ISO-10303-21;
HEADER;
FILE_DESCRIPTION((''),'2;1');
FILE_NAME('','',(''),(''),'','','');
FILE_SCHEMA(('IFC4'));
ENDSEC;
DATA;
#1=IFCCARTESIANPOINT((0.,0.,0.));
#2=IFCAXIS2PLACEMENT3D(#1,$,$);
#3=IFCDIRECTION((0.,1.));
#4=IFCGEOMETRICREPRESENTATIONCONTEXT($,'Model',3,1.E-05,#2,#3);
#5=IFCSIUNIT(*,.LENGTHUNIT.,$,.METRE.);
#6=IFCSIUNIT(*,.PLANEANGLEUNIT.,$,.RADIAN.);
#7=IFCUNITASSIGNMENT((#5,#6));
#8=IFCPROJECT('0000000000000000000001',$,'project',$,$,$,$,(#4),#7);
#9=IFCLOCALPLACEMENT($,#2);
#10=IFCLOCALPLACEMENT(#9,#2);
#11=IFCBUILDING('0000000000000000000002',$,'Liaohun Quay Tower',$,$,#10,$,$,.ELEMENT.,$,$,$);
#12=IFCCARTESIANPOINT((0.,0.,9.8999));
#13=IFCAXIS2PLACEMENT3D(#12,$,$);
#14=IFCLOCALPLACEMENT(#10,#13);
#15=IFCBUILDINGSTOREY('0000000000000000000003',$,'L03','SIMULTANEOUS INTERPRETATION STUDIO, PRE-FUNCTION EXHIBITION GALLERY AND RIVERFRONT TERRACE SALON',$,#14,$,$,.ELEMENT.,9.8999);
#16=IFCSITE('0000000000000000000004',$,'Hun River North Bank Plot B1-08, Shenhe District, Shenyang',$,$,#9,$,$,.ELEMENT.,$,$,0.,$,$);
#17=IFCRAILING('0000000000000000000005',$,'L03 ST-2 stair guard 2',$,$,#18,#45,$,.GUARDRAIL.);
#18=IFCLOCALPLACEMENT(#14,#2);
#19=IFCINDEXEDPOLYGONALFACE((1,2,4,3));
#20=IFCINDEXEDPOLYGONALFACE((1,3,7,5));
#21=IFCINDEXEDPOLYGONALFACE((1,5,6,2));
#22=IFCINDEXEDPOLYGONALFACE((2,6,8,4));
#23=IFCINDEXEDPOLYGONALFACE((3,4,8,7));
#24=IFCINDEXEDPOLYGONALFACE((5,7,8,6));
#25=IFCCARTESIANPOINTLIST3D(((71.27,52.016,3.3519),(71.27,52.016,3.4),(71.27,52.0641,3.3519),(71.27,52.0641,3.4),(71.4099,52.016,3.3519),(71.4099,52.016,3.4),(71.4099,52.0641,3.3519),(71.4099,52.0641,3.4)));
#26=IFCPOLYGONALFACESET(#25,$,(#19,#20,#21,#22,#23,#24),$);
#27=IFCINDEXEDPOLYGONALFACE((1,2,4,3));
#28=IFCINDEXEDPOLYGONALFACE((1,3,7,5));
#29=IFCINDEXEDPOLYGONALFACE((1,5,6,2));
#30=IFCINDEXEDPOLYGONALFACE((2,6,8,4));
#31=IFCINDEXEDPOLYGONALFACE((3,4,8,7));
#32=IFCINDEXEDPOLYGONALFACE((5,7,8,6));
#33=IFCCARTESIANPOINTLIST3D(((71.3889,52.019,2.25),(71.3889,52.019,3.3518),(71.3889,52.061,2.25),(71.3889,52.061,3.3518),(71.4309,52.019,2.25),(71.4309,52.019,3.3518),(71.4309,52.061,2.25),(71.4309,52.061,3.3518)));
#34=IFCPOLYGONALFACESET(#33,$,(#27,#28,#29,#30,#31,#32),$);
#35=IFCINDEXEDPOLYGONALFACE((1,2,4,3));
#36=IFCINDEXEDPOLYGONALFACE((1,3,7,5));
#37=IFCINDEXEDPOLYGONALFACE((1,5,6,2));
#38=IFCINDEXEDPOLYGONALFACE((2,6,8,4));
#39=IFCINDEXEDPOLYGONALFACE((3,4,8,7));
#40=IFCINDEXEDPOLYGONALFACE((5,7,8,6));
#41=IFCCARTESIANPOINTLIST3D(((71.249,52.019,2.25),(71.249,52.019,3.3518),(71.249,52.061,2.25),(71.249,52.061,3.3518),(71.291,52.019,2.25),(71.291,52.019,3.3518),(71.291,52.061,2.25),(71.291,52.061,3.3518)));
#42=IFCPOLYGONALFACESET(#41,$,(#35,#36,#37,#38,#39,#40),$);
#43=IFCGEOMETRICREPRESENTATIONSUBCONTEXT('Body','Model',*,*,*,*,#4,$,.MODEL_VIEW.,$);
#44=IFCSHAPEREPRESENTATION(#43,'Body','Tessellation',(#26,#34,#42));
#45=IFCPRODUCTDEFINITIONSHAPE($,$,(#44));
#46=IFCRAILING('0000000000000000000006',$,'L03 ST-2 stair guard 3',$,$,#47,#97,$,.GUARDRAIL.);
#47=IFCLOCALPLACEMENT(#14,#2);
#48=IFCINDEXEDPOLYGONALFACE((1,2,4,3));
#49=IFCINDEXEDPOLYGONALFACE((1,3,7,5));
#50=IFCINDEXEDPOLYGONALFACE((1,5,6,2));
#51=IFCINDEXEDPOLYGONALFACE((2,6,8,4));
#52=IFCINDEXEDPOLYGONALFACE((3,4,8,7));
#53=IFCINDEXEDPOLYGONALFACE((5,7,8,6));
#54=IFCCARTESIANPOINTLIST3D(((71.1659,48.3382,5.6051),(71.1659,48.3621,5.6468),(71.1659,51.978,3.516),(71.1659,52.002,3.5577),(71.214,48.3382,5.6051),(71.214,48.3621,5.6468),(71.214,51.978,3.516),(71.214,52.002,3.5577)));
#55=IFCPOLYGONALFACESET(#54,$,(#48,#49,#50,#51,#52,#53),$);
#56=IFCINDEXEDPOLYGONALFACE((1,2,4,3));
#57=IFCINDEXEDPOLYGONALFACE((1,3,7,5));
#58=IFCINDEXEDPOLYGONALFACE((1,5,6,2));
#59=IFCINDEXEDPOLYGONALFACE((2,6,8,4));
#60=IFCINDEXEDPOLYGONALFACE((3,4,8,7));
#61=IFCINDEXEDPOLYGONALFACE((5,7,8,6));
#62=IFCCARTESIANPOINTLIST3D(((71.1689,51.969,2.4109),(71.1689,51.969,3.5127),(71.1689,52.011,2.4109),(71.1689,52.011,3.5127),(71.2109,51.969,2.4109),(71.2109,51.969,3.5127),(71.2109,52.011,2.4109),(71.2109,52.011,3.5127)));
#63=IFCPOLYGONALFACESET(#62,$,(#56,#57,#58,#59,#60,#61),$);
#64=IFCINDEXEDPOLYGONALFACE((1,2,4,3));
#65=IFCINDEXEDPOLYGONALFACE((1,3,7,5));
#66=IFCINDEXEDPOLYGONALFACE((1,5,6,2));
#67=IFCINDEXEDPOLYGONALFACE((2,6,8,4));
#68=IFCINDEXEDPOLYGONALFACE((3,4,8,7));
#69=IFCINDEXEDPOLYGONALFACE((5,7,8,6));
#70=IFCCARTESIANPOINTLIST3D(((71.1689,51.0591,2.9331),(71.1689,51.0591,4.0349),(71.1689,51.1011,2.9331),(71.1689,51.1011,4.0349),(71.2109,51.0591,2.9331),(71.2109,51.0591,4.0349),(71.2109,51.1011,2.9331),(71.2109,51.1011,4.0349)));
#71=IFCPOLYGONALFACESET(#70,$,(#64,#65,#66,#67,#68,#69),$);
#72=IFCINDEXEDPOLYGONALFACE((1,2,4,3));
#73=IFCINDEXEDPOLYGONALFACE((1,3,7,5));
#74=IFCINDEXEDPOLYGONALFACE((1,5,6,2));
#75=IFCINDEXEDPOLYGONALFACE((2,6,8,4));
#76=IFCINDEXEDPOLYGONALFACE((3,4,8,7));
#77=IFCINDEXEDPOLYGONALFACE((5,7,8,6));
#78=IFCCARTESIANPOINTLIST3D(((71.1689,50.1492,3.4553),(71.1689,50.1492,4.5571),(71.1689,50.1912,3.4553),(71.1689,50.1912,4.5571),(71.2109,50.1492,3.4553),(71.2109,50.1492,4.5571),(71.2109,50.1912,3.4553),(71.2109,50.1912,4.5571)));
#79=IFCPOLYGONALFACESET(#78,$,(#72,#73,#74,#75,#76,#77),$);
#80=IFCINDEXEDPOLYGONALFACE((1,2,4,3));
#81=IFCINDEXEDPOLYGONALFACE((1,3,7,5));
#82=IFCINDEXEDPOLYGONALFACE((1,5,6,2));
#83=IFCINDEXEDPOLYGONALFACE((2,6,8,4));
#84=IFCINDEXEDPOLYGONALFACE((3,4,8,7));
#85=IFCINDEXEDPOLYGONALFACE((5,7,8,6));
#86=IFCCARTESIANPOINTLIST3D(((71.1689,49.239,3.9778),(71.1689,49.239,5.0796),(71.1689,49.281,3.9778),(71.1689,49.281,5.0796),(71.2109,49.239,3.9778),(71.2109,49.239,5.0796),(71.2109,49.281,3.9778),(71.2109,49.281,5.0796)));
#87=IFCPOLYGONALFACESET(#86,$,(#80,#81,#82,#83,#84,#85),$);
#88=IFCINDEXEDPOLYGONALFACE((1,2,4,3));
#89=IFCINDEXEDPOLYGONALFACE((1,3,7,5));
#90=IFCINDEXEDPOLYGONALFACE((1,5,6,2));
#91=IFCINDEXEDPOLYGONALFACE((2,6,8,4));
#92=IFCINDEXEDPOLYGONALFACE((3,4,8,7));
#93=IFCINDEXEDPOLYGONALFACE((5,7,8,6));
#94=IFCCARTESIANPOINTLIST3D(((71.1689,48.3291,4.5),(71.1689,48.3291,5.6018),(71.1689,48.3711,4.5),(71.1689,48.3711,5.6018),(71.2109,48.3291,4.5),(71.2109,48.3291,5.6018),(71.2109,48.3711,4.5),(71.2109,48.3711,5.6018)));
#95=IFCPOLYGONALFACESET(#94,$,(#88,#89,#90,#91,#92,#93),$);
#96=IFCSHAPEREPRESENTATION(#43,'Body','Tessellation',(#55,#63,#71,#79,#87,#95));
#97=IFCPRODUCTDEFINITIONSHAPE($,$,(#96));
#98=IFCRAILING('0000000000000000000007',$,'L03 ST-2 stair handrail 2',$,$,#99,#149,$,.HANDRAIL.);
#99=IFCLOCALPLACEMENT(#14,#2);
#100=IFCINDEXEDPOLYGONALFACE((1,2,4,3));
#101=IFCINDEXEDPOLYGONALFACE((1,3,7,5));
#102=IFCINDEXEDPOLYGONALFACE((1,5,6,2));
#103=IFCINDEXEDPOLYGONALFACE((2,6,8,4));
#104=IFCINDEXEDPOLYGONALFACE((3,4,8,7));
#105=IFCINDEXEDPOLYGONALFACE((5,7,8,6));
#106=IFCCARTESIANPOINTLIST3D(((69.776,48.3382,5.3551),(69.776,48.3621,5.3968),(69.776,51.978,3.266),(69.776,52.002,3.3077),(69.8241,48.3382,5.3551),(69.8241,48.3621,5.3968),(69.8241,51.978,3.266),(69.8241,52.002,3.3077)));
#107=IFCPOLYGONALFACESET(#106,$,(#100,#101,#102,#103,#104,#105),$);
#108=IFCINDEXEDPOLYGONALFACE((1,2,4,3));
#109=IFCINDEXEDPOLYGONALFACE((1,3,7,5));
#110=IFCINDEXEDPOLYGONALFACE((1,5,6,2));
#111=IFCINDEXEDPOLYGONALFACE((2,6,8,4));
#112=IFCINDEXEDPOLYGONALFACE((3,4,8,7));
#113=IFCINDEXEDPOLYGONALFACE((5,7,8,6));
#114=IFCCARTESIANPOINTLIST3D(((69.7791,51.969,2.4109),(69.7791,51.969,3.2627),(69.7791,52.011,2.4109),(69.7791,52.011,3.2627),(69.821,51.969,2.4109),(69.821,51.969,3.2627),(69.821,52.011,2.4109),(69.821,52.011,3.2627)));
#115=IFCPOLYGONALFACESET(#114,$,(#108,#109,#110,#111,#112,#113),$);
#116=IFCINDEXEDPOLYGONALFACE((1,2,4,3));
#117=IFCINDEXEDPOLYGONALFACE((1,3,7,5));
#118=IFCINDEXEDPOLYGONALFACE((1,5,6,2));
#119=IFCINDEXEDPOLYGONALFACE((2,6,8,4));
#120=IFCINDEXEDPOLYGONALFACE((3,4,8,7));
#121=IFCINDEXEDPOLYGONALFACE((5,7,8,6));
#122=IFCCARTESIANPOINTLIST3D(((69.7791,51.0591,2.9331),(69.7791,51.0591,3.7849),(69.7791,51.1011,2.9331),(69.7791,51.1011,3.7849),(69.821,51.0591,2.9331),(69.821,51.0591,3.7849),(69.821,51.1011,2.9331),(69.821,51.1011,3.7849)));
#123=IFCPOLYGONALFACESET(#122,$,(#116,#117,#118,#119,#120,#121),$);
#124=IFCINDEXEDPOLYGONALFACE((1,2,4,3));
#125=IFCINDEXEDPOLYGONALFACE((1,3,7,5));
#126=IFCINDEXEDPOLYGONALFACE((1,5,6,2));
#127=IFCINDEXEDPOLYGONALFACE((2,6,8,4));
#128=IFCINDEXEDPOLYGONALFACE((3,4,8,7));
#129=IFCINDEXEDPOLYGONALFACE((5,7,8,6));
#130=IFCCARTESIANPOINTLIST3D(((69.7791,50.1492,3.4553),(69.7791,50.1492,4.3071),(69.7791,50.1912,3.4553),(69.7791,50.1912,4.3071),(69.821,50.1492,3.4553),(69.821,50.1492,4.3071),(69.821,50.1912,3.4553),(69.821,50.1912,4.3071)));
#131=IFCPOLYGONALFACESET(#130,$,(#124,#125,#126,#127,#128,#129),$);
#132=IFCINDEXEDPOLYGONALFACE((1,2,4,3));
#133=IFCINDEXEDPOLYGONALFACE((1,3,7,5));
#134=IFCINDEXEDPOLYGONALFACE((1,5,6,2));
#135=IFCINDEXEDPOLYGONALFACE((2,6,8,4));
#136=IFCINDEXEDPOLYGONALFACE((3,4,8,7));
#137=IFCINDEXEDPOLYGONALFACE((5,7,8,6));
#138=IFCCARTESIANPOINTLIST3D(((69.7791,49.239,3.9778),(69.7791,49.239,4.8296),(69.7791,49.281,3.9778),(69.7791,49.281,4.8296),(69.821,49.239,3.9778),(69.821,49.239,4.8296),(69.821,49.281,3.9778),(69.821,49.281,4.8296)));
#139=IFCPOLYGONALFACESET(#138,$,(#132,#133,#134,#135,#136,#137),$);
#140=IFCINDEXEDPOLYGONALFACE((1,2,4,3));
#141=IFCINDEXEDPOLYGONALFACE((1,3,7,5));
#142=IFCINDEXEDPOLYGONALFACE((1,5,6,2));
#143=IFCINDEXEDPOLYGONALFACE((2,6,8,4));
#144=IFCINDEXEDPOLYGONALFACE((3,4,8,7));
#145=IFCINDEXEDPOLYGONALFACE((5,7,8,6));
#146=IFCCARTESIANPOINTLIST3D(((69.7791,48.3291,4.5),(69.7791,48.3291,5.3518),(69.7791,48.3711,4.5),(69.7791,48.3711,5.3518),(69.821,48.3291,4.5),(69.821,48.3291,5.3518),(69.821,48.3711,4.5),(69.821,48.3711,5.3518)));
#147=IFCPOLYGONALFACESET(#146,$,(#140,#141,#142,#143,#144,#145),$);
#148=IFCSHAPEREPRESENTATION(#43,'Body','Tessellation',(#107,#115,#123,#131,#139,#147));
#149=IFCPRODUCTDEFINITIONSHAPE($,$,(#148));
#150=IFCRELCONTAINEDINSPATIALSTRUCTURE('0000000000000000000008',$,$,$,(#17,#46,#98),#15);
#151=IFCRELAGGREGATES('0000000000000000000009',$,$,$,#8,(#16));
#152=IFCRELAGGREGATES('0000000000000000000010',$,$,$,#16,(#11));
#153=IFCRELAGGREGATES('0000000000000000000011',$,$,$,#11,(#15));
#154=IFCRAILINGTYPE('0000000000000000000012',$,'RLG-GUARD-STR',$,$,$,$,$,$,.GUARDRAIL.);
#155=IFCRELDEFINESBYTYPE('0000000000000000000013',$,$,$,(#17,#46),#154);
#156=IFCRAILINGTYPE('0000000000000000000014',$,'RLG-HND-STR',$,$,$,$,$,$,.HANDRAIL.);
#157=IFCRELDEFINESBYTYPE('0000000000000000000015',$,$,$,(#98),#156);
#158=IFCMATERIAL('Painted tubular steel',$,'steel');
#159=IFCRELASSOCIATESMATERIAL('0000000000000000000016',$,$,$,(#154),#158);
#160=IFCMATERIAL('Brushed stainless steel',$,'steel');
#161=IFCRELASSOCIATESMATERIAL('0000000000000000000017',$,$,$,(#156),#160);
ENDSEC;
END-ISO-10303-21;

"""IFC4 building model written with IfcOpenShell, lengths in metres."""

from ifc_helpers import new_model, si_unit, direction, frame, origin, origin_2d, place, context, subcontext, project, spatial, rectangle, extrude, material, type_object, element, save


model = new_model("IFC4")

# Units and contexts
model_context = context("Model", 3, precision=1e-05, world=origin(), true_north=direction((0.0, 1.0)))
body_context = subcontext(model_context, "Body", "Model", "MODEL_VIEW")
ifc_project = project(units=[si_unit("LENGTHUNIT", "METRE"), si_unit("PLANEANGLEUNIT", "RADIAN")], contexts=[model_context])

# Site, building, storey
site_placement = place(None, origin())
site = spatial("IfcSite", under=ifc_project, at=site_placement, Name="Hun River North Bank Plot B1-08, Shenhe District, Shenyang", CompositionType="ELEMENT", RefElevation=0.0)
building_placement = place(site_placement, origin())
building = spatial("IfcBuilding", under=site, at=building_placement, Name="Liaohun Quay Tower", CompositionType="ELEMENT")
storey_placement = place(building_placement, frame((0.0, 0.0, 9.8999)))
storey = spatial("IfcBuildingStorey", under=building, at=storey_placement, Name="L03", Description="SIMULTANEOUS INTERPRETATION STUDIO, PRE-FUNCTION EXHIBITION GALLERY AND RIVERFRONT TERRACE SALON", CompositionType="ELEMENT", Elevation=9.8999)

# Railings
ifc_material_1 = material(Name="Painted tubular steel", Category="steel")
railing_type_1 = type_object("IfcRailingType", Name="RLG-GUARD-STR", PredefinedType="GUARDRAIL", material=ifc_material_1)
railing_1_placement = place(storey_placement, frame((71.4099, 52.04, 2.25)))
element("IfcRailing", 1, at=railing_1_placement, inside=storey, type_object=railing_type_1, Name="L03 ST-2 stair guard 2", PredefinedType="GUARDRAIL", context=body_context, shape_type="SweptSolid", body=[
    extrude(rectangle(XDim=0.0481, YDim=0.0481, at=origin_2d()), frame((0.0, 0.0, 1.126), z_axis=(-1.0, 0.0, 0.0), x_axis=(0.0, -1.0, 0.0)), (0.0, 0.0, 1.0), 0.1399),
    extrude(rectangle(XDim=0.042, YDim=0.042, at=origin_2d()), origin(), (0.0, 0.0, 1.0), 1.1018),
    extrude(rectangle(XDim=0.042, YDim=0.042, at=origin_2d()), frame((-0.1399, 0.0, 0.0)), (0.0, 0.0, 1.0), 1.1018),
])
railing_2_placement = place(storey_placement, frame((71.1899, 51.99, 2.4109)))
element("IfcRailing", 2, at=railing_2_placement, inside=storey, type_object=railing_type_1, Name="L03 ST-2 stair guard 3", PredefinedType="GUARDRAIL", context=body_context, shape_type="SweptSolid", body=[
    extrude(rectangle(XDim=0.0481, YDim=0.0481, at=origin_2d()), frame((0.0, 0.0, 1.126), z_axis=(0.0, -0.8673, 0.497786), x_axis=(1.0, 0.0, 0.0)), (0.0, 0.0, 1.0), 4.1968),
    extrude(rectangle(XDim=0.042, YDim=0.042, at=origin_2d()), origin(), (0.0, 0.0, 1.0), 1.1018),
    extrude(rectangle(XDim=0.042, YDim=0.042, at=origin_2d()), frame((0.0, -0.9099, 0.5222)), (0.0, 0.0, 1.0), 1.1018),
    extrude(rectangle(XDim=0.042, YDim=0.042, at=origin_2d()), frame((0.0, -1.8198, 1.0444)), (0.0, 0.0, 1.0), 1.1018),
    extrude(rectangle(XDim=0.042, YDim=0.042, at=origin_2d()), frame((0.0, -2.73, 1.5669)), (0.0, 0.0, 1.0), 1.1018),
    extrude(rectangle(XDim=0.042, YDim=0.042, at=origin_2d()), frame((0.0, -3.6399, 2.0891)), (0.0, 0.0, 1.0), 1.1018),
])
ifc_material_2 = material(Name="Brushed stainless steel", Category="steel")
railing_type_2 = type_object("IfcRailingType", Name="RLG-HND-STR", PredefinedType="HANDRAIL", material=ifc_material_2)
railing_3_placement = place(storey_placement, frame((69.8, 51.99, 2.4109)))
element("IfcRailing", 3, at=railing_3_placement, inside=storey, type_object=railing_type_2, Name="L03 ST-2 stair handrail 2", PredefinedType="HANDRAIL", context=body_context, shape_type="SweptSolid", body=[
    extrude(rectangle(XDim=0.0481, YDim=0.0481, at=origin_2d()), frame((0.0, 0.0, 0.876), z_axis=(0.0, -0.8673, 0.497786), x_axis=(1.0, 0.0, 0.0)), (0.0, 0.0, 1.0), 4.1968),
    extrude(rectangle(XDim=0.042, YDim=0.042, at=origin_2d()), origin(), (0.0, 0.0, 1.0), 0.8518),
    extrude(rectangle(XDim=0.042, YDim=0.042, at=origin_2d()), frame((0.0, -0.9099, 0.5222)), (0.0, 0.0, 1.0), 0.8518),
    extrude(rectangle(XDim=0.042, YDim=0.042, at=origin_2d()), frame((0.0, -1.8198, 1.0444)), (0.0, 0.0, 1.0), 0.8518),
    extrude(rectangle(XDim=0.042, YDim=0.042, at=origin_2d()), frame((0.0, -2.73, 1.5669)), (0.0, 0.0, 1.0), 0.8518),
    extrude(rectangle(XDim=0.042, YDim=0.042, at=origin_2d()), frame((0.0, -3.6399, 2.0891)), (0.0, 0.0, 1.0), 0.8518),
])

save(model, "model.ifc")
